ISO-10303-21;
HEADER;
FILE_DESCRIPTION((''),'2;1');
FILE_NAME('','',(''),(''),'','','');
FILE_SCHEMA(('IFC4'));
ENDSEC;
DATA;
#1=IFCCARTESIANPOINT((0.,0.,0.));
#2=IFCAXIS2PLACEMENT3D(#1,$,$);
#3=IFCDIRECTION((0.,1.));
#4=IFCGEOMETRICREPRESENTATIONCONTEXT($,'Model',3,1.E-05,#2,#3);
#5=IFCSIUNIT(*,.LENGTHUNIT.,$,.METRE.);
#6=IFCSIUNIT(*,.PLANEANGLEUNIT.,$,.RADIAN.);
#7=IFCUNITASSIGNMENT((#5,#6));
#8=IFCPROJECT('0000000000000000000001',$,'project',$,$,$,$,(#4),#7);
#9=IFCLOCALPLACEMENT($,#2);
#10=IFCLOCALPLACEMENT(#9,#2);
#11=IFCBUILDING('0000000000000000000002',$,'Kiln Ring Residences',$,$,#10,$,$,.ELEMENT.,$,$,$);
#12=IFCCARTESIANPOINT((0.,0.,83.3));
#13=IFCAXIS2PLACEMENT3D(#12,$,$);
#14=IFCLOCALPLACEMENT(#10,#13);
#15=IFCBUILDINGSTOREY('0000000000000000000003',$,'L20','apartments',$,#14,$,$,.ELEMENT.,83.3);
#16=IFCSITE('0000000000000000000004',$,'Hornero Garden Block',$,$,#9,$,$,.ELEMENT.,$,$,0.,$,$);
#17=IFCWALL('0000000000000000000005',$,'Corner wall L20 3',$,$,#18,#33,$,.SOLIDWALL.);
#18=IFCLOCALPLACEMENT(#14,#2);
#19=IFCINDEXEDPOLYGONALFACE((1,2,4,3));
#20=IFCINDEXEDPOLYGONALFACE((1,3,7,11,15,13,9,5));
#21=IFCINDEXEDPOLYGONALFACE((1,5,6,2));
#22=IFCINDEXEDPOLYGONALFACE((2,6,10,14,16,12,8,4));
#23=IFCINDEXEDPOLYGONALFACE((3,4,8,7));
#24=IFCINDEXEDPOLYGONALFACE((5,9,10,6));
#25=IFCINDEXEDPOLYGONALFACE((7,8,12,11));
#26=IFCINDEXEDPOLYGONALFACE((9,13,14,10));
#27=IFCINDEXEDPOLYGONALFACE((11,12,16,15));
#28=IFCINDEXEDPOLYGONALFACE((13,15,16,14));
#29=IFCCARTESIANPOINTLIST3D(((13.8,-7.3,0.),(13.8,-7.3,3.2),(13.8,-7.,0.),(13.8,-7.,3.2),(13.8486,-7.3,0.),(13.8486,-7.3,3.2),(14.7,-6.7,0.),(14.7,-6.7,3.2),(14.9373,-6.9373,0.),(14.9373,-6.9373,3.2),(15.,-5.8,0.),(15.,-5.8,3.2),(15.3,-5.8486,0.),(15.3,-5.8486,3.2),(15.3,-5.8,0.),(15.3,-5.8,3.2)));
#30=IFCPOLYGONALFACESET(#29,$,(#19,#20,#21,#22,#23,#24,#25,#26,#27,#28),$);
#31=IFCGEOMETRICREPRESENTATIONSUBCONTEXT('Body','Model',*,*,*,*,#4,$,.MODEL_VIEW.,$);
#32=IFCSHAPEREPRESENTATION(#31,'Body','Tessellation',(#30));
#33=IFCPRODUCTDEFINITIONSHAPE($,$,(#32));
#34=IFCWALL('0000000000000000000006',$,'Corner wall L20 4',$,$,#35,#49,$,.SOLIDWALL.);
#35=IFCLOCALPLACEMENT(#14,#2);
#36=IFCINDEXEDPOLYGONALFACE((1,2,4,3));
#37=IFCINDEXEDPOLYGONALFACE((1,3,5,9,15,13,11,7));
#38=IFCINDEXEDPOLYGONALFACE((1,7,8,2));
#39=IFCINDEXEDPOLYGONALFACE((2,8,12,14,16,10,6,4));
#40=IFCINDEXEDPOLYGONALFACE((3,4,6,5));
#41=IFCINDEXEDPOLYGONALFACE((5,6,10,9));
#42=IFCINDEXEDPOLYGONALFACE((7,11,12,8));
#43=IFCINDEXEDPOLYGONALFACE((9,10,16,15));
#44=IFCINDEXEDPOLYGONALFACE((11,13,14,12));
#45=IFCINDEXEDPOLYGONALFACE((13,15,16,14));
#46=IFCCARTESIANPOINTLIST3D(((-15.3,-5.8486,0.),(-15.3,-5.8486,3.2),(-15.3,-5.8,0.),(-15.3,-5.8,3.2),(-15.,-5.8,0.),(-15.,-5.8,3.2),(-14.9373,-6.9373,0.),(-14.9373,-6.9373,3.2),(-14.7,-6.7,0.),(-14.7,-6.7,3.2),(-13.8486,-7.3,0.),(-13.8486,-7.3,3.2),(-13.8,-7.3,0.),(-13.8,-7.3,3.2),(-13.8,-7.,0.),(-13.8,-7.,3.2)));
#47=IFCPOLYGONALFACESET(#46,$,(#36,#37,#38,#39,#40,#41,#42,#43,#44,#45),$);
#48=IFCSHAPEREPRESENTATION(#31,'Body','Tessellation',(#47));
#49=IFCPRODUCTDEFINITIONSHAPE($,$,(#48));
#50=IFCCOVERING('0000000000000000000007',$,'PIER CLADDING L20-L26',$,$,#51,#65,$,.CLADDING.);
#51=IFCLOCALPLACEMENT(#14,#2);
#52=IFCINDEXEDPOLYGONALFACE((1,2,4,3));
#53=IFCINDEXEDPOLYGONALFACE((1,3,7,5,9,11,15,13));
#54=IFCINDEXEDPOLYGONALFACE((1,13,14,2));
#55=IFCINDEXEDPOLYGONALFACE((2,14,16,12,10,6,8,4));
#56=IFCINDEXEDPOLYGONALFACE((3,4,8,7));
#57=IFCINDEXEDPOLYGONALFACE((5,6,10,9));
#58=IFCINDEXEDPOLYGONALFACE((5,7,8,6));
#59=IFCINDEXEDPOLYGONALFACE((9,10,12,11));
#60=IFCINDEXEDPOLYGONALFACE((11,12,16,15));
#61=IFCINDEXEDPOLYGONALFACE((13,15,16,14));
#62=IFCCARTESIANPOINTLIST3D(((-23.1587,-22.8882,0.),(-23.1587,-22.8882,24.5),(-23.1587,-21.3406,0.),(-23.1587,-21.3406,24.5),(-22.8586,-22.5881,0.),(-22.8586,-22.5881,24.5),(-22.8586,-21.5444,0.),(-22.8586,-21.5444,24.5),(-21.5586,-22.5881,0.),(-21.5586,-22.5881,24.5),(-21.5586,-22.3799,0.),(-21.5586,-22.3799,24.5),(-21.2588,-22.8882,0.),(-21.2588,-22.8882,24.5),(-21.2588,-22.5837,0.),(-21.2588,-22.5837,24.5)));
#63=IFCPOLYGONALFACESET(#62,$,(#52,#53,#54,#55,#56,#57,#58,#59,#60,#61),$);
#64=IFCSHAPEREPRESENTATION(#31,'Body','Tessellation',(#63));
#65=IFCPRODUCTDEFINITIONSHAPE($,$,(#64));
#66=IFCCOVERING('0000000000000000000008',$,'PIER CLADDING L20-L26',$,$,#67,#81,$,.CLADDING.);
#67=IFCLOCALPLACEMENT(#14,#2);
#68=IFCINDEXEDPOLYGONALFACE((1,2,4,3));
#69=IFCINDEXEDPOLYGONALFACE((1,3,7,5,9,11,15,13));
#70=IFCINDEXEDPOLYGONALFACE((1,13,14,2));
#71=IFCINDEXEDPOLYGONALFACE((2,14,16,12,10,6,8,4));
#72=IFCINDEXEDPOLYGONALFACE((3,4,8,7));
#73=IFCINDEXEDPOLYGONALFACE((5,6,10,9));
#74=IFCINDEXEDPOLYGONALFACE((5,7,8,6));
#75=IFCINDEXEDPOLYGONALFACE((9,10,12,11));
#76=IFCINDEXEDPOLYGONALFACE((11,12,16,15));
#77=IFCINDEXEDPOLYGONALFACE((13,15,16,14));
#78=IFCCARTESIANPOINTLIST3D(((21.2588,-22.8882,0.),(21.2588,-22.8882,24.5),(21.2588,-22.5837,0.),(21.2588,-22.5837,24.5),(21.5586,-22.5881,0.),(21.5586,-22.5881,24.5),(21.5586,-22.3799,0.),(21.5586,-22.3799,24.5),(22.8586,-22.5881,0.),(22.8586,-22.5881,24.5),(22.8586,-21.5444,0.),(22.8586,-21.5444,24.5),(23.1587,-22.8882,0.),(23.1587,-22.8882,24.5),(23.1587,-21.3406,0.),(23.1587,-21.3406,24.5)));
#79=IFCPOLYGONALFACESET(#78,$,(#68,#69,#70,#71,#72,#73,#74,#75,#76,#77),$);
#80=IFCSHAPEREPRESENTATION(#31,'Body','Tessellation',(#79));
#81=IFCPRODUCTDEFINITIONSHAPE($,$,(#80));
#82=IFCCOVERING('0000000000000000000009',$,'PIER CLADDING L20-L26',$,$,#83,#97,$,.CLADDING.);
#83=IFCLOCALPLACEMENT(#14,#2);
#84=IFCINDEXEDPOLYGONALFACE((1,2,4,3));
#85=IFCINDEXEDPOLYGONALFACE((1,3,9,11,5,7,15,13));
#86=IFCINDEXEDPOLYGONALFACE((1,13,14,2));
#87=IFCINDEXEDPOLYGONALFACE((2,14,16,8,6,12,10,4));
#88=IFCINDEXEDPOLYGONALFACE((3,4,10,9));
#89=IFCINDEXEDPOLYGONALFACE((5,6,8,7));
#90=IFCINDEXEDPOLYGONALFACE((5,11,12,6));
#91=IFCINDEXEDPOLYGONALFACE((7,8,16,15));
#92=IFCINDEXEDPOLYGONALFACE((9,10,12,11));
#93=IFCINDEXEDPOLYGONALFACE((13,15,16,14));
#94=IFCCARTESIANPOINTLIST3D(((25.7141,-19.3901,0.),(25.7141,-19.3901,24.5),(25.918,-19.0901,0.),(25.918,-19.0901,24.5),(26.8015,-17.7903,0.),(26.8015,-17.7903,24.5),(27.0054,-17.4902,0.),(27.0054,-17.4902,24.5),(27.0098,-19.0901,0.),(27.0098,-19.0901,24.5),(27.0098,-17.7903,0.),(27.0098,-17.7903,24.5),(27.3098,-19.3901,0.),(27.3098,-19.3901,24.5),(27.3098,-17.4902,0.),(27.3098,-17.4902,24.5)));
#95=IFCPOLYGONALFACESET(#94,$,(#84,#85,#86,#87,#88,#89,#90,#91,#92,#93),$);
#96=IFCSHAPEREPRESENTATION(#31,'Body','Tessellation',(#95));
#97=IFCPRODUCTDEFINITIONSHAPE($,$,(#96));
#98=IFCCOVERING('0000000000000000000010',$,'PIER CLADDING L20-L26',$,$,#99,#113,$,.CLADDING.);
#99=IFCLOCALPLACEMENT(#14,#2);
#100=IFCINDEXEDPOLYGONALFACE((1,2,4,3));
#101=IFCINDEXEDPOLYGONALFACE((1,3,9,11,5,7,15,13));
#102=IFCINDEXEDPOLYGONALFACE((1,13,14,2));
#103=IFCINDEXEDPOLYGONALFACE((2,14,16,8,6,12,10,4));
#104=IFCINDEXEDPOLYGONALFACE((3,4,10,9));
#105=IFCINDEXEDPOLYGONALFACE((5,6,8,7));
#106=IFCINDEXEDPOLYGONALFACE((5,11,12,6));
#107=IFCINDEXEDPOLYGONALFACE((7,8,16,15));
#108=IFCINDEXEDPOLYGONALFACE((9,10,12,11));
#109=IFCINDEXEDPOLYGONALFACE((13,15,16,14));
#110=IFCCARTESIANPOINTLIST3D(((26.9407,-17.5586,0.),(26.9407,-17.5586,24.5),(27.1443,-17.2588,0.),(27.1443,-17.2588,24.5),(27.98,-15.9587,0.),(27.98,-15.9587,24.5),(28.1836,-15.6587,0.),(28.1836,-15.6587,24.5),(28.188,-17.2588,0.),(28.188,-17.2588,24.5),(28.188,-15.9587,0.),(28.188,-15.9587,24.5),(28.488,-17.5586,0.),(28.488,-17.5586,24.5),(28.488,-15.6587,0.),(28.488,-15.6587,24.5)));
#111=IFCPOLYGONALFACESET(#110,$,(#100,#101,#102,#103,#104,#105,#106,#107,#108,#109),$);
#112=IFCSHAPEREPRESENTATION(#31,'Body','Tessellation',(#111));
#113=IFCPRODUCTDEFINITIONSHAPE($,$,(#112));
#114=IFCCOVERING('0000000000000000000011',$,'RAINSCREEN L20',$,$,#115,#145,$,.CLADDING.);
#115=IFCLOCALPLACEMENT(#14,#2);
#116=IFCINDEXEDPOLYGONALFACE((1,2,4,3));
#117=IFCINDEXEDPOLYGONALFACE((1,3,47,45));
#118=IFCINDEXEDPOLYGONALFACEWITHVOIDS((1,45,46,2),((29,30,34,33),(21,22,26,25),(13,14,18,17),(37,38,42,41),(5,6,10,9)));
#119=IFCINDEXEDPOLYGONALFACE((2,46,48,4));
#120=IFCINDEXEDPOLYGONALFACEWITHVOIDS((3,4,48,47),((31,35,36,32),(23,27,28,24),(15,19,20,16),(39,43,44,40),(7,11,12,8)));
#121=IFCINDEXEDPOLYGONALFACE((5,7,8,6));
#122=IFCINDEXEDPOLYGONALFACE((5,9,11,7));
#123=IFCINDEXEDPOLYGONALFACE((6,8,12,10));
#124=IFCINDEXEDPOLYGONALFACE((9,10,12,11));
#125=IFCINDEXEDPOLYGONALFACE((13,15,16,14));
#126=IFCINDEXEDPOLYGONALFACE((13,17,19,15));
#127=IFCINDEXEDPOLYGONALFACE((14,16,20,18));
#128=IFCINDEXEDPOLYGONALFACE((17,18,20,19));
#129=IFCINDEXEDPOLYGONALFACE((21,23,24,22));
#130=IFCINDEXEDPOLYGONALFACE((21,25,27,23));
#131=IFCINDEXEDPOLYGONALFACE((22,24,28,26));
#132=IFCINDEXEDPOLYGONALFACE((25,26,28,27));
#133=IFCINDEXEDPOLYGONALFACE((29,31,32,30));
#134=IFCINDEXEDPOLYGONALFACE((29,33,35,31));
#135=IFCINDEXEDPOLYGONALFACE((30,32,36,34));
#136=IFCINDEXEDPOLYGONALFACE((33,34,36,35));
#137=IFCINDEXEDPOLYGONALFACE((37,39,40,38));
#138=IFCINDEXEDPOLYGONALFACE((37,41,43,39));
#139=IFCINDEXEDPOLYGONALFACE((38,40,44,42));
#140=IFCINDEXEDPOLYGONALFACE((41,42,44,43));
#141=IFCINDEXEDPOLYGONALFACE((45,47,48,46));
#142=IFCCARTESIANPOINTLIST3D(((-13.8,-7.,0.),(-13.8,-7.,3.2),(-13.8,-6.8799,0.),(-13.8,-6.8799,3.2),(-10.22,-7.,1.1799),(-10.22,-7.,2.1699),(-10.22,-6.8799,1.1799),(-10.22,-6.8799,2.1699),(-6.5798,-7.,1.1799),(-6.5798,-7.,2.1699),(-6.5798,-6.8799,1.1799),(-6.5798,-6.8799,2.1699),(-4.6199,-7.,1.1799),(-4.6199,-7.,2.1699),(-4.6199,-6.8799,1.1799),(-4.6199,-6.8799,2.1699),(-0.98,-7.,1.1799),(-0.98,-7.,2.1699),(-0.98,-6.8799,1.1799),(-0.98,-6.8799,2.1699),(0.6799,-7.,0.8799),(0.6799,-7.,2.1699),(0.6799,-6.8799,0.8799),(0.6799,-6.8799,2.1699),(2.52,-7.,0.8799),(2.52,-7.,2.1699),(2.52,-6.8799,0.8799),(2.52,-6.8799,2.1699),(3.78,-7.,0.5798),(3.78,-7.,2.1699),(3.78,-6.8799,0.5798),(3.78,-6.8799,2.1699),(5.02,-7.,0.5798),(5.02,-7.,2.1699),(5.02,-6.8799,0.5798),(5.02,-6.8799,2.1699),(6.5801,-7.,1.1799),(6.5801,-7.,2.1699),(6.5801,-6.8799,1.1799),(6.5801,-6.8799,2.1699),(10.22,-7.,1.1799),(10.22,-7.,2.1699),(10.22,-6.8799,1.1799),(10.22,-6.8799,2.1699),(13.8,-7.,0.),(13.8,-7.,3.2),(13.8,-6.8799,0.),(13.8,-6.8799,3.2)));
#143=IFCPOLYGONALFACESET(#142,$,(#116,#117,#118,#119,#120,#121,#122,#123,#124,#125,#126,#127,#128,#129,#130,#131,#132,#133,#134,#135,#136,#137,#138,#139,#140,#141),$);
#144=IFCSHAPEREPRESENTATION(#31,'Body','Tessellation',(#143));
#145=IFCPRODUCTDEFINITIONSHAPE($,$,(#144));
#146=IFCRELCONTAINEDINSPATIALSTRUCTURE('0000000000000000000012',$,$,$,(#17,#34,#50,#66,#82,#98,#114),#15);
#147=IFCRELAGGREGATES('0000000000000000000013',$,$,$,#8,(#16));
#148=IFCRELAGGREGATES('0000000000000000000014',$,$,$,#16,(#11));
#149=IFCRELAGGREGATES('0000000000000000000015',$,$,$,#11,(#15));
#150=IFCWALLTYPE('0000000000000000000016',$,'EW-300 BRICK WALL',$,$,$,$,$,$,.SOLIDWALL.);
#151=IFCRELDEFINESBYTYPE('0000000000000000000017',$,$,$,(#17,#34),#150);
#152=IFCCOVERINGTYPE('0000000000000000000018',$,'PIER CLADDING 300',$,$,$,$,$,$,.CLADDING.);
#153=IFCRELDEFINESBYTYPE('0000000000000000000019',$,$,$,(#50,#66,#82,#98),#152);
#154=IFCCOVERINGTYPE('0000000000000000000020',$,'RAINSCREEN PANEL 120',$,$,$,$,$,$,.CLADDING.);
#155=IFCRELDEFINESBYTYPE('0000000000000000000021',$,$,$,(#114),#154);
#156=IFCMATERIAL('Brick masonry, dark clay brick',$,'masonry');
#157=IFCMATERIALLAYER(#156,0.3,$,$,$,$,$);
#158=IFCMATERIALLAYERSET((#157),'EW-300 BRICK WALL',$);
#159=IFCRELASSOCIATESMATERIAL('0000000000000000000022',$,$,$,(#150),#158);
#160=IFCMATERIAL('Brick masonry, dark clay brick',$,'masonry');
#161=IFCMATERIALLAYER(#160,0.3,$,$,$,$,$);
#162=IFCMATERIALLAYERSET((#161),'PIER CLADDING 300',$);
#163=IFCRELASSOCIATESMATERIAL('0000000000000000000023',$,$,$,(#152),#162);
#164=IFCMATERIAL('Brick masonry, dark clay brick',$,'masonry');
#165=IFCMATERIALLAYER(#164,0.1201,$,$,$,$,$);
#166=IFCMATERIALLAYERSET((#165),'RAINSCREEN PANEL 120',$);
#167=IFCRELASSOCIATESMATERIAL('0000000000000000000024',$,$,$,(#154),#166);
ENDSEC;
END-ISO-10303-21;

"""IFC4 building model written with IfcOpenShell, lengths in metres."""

from ifc_helpers import new_model, si_unit, direction, frame, origin, place, context, subcontext, project, spatial, polyline, outline, extrude, material, layer, layer_set, type_object, element, save


model = new_model("IFC4")

# Units and contexts
model_context = context("Model", 3, precision=1e-05, world=origin(), true_north=direction((0.0, 1.0)))
body_context = subcontext(model_context, "Body", "Model", "MODEL_VIEW")
ifc_project = project(units=[si_unit("LENGTHUNIT", "METRE"), si_unit("PLANEANGLEUNIT", "RADIAN")], contexts=[model_context])

# Site, building, storey
site_placement = place(None, origin())
site = spatial("IfcSite", under=ifc_project, at=site_placement, Name="Hornero Garden Block", CompositionType="ELEMENT", RefElevation=0.0)
building_placement = place(site_placement, origin())
building = spatial("IfcBuilding", under=site, at=building_placement, Name="Kiln Ring Residences", CompositionType="ELEMENT")
storey_placement = place(building_placement, frame((0.0, 0.0, 83.3)))
storey = spatial("IfcBuildingStorey", under=building, at=storey_placement, Name="L20", Description="apartments", CompositionType="ELEMENT", Elevation=83.3)

# Shared definitions
ifc_material_1 = material(Name="Brick masonry, dark clay brick", Category="masonry")
ifc_layer_1 = layer(ifc_material_1, 0.3)
ifc_layer_set_1 = layer_set([ifc_layer_1], Name="EW-300 BRICK WALL")
wall_type = type_object("IfcWallType", Name="EW-300 BRICK WALL", PredefinedType="SOLIDWALL", material=ifc_layer_set_1)

# Walls
placement = place(storey_placement, origin())
element("IfcWall", 1, at=placement, inside=storey, type_object=wall_type, Name="Corner wall L20 3", PredefinedType="SOLIDWALL", context=body_context, shape_type="SweptSolid", body=[
    extrude(outline(polyline([(14.9373, -6.9373), (15.3, -5.8486), (15.3, -5.8), (15.0, -5.8), (14.7, -6.7), (13.8, -7.0), (13.8, -7.3), (13.8486, -7.3), (14.9373, -6.9373)])), origin(), (0.0, 0.0, 1.0), 3.2),
])
element("IfcWall", 2, at=placement, inside=storey, type_object=wall_type, Name="Corner wall L20 4", PredefinedType="SOLIDWALL", context=body_context, shape_type="SweptSolid", body=[
    extrude(outline(polyline([(-14.9373, -6.9373), (-13.8486, -7.3), (-13.8, -7.3), (-13.8, -7.0), (-14.7, -6.7), (-15.0, -5.8), (-15.3, -5.8), (-15.3, -5.8486), (-14.9373, -6.9373)])), origin(), (0.0, 0.0, 1.0), 3.2),
])

# Coverings
ifc_material_2 = material(Name="Brick masonry, dark clay brick", Category="masonry")
ifc_layer_2 = layer(ifc_material_2, 0.3)
ifc_layer_set_2 = layer_set([ifc_layer_2], Name="PIER CLADDING 300")
covering_type_1 = type_object("IfcCoveringType", Name="PIER CLADDING 300", PredefinedType="CLADDING", material=ifc_layer_set_2)
element("IfcCovering", 3, at=placement, inside=storey, type_object=covering_type_1, Name="PIER CLADDING L20-L26", PredefinedType="CLADDING", context=body_context, shape_type="SweptSolid", body=[
    extrude(outline(polyline([(-22.8586, -22.5881), (-22.8586, -21.5444), (-23.1587, -21.3406), (-23.1587, -22.8882), (-21.2588, -22.8882), (-21.2588, -22.5837), (-21.5586, -22.3799), (-21.5586, -22.5881), (-22.8586, -22.5881)])), origin(), (0.0, 0.0, 1.0), 24.5),
])
element("IfcCovering", 4, at=placement, inside=storey, type_object=covering_type_1, Name="PIER CLADDING L20-L26", PredefinedType="CLADDING", context=body_context, shape_type="SweptSolid", body=[
    extrude(outline(polyline([(21.5586, -22.3799), (21.2588, -22.5837), (21.2588, -22.8882), (23.1587, -22.8882), (23.1587, -21.3406), (22.8586, -21.5444), (22.8586, -22.5881), (21.5586, -22.5881), (21.5586, -22.3799)])), origin(), (0.0, 0.0, 1.0), 24.5),
])
element("IfcCovering", 5, at=placement, inside=storey, type_object=covering_type_1, Name="PIER CLADDING L20-L26", PredefinedType="CLADDING", context=body_context, shape_type="SweptSolid", body=[
    extrude(outline(polyline([(27.3098, -19.3901), (27.3098, -17.4902), (27.0054, -17.4902), (26.8015, -17.7903), (27.0098, -17.7903), (27.0098, -19.0901), (25.918, -19.0901), (25.7141, -19.3901), (27.3098, -19.3901)])), origin(), (0.0, 0.0, 1.0), 24.5),
])
element("IfcCovering", 6, at=placement, inside=storey, type_object=covering_type_1, Name="PIER CLADDING L20-L26", PredefinedType="CLADDING", context=body_context, shape_type="SweptSolid", body=[
    extrude(outline(polyline([(28.488, -17.5586), (28.488, -15.6587), (28.1836, -15.6587), (27.98, -15.9587), (28.188, -15.9587), (28.188, -17.2588), (27.1443, -17.2588), (26.9407, -17.5586), (28.488, -17.5586)])), origin(), (0.0, 0.0, 1.0), 24.5),
])
ifc_material_3 = material(Name="Brick masonry, dark clay brick", Category="masonry")
ifc_layer_3 = layer(ifc_material_3, 0.1201)
ifc_layer_set_3 = layer_set([ifc_layer_3], Name="RAINSCREEN PANEL 120")
covering_type_2 = type_object("IfcCoveringType", Name="RAINSCREEN PANEL 120", PredefinedType="CLADDING", material=ifc_layer_set_3)
covering_1_placement = place(storey_placement, frame((13.8, -6.9399, 0.0), z_axis=(0.0, 0.0, 1.0), x_axis=(-1.0, 0.0, 0.0)))
element("IfcCovering", 7, at=covering_1_placement, inside=storey, type_object=covering_type_2, Name="RAINSCREEN L20", PredefinedType="CLADDING", context=body_context, shape_type="SweptSolid", body=[
    extrude(outline(polyline([(0.0, 0.0), (27.6001, 0.0), (27.6001, 3.2), (0.0, 3.2), (0.0, 0.0)]), holes=[polyline([(10.02, 0.5798), (10.02, 2.1699), (8.78, 2.1699), (8.78, 0.5798), (10.02, 0.5798)]), polyline([(13.1201, 0.8799), (13.1201, 2.1699), (11.28, 2.1699), (11.28, 0.8799), (13.1201, 0.8799)]), polyline([(7.22, 1.1799), (7.22, 2.1699), (3.5801, 2.1699), (3.5801, 1.1799), (7.22, 1.1799)]), polyline([(14.78, 1.1799), (18.4199, 1.1799), (18.4199, 2.1699), (14.78, 2.1699), (14.78, 1.1799)]), polyline([(20.3799, 1.1799), (24.02, 1.1799), (24.02, 2.1699), (20.3799, 2.1699), (20.3799, 1.1799)])]), frame((0.0, 0.0601, 0.0), z_axis=(0.0, -1.0, 0.0), x_axis=(1.0, 0.0, 0.0)), (0.0, 0.0, 1.0), 0.1201),
])

save(model, "model.ifc")
